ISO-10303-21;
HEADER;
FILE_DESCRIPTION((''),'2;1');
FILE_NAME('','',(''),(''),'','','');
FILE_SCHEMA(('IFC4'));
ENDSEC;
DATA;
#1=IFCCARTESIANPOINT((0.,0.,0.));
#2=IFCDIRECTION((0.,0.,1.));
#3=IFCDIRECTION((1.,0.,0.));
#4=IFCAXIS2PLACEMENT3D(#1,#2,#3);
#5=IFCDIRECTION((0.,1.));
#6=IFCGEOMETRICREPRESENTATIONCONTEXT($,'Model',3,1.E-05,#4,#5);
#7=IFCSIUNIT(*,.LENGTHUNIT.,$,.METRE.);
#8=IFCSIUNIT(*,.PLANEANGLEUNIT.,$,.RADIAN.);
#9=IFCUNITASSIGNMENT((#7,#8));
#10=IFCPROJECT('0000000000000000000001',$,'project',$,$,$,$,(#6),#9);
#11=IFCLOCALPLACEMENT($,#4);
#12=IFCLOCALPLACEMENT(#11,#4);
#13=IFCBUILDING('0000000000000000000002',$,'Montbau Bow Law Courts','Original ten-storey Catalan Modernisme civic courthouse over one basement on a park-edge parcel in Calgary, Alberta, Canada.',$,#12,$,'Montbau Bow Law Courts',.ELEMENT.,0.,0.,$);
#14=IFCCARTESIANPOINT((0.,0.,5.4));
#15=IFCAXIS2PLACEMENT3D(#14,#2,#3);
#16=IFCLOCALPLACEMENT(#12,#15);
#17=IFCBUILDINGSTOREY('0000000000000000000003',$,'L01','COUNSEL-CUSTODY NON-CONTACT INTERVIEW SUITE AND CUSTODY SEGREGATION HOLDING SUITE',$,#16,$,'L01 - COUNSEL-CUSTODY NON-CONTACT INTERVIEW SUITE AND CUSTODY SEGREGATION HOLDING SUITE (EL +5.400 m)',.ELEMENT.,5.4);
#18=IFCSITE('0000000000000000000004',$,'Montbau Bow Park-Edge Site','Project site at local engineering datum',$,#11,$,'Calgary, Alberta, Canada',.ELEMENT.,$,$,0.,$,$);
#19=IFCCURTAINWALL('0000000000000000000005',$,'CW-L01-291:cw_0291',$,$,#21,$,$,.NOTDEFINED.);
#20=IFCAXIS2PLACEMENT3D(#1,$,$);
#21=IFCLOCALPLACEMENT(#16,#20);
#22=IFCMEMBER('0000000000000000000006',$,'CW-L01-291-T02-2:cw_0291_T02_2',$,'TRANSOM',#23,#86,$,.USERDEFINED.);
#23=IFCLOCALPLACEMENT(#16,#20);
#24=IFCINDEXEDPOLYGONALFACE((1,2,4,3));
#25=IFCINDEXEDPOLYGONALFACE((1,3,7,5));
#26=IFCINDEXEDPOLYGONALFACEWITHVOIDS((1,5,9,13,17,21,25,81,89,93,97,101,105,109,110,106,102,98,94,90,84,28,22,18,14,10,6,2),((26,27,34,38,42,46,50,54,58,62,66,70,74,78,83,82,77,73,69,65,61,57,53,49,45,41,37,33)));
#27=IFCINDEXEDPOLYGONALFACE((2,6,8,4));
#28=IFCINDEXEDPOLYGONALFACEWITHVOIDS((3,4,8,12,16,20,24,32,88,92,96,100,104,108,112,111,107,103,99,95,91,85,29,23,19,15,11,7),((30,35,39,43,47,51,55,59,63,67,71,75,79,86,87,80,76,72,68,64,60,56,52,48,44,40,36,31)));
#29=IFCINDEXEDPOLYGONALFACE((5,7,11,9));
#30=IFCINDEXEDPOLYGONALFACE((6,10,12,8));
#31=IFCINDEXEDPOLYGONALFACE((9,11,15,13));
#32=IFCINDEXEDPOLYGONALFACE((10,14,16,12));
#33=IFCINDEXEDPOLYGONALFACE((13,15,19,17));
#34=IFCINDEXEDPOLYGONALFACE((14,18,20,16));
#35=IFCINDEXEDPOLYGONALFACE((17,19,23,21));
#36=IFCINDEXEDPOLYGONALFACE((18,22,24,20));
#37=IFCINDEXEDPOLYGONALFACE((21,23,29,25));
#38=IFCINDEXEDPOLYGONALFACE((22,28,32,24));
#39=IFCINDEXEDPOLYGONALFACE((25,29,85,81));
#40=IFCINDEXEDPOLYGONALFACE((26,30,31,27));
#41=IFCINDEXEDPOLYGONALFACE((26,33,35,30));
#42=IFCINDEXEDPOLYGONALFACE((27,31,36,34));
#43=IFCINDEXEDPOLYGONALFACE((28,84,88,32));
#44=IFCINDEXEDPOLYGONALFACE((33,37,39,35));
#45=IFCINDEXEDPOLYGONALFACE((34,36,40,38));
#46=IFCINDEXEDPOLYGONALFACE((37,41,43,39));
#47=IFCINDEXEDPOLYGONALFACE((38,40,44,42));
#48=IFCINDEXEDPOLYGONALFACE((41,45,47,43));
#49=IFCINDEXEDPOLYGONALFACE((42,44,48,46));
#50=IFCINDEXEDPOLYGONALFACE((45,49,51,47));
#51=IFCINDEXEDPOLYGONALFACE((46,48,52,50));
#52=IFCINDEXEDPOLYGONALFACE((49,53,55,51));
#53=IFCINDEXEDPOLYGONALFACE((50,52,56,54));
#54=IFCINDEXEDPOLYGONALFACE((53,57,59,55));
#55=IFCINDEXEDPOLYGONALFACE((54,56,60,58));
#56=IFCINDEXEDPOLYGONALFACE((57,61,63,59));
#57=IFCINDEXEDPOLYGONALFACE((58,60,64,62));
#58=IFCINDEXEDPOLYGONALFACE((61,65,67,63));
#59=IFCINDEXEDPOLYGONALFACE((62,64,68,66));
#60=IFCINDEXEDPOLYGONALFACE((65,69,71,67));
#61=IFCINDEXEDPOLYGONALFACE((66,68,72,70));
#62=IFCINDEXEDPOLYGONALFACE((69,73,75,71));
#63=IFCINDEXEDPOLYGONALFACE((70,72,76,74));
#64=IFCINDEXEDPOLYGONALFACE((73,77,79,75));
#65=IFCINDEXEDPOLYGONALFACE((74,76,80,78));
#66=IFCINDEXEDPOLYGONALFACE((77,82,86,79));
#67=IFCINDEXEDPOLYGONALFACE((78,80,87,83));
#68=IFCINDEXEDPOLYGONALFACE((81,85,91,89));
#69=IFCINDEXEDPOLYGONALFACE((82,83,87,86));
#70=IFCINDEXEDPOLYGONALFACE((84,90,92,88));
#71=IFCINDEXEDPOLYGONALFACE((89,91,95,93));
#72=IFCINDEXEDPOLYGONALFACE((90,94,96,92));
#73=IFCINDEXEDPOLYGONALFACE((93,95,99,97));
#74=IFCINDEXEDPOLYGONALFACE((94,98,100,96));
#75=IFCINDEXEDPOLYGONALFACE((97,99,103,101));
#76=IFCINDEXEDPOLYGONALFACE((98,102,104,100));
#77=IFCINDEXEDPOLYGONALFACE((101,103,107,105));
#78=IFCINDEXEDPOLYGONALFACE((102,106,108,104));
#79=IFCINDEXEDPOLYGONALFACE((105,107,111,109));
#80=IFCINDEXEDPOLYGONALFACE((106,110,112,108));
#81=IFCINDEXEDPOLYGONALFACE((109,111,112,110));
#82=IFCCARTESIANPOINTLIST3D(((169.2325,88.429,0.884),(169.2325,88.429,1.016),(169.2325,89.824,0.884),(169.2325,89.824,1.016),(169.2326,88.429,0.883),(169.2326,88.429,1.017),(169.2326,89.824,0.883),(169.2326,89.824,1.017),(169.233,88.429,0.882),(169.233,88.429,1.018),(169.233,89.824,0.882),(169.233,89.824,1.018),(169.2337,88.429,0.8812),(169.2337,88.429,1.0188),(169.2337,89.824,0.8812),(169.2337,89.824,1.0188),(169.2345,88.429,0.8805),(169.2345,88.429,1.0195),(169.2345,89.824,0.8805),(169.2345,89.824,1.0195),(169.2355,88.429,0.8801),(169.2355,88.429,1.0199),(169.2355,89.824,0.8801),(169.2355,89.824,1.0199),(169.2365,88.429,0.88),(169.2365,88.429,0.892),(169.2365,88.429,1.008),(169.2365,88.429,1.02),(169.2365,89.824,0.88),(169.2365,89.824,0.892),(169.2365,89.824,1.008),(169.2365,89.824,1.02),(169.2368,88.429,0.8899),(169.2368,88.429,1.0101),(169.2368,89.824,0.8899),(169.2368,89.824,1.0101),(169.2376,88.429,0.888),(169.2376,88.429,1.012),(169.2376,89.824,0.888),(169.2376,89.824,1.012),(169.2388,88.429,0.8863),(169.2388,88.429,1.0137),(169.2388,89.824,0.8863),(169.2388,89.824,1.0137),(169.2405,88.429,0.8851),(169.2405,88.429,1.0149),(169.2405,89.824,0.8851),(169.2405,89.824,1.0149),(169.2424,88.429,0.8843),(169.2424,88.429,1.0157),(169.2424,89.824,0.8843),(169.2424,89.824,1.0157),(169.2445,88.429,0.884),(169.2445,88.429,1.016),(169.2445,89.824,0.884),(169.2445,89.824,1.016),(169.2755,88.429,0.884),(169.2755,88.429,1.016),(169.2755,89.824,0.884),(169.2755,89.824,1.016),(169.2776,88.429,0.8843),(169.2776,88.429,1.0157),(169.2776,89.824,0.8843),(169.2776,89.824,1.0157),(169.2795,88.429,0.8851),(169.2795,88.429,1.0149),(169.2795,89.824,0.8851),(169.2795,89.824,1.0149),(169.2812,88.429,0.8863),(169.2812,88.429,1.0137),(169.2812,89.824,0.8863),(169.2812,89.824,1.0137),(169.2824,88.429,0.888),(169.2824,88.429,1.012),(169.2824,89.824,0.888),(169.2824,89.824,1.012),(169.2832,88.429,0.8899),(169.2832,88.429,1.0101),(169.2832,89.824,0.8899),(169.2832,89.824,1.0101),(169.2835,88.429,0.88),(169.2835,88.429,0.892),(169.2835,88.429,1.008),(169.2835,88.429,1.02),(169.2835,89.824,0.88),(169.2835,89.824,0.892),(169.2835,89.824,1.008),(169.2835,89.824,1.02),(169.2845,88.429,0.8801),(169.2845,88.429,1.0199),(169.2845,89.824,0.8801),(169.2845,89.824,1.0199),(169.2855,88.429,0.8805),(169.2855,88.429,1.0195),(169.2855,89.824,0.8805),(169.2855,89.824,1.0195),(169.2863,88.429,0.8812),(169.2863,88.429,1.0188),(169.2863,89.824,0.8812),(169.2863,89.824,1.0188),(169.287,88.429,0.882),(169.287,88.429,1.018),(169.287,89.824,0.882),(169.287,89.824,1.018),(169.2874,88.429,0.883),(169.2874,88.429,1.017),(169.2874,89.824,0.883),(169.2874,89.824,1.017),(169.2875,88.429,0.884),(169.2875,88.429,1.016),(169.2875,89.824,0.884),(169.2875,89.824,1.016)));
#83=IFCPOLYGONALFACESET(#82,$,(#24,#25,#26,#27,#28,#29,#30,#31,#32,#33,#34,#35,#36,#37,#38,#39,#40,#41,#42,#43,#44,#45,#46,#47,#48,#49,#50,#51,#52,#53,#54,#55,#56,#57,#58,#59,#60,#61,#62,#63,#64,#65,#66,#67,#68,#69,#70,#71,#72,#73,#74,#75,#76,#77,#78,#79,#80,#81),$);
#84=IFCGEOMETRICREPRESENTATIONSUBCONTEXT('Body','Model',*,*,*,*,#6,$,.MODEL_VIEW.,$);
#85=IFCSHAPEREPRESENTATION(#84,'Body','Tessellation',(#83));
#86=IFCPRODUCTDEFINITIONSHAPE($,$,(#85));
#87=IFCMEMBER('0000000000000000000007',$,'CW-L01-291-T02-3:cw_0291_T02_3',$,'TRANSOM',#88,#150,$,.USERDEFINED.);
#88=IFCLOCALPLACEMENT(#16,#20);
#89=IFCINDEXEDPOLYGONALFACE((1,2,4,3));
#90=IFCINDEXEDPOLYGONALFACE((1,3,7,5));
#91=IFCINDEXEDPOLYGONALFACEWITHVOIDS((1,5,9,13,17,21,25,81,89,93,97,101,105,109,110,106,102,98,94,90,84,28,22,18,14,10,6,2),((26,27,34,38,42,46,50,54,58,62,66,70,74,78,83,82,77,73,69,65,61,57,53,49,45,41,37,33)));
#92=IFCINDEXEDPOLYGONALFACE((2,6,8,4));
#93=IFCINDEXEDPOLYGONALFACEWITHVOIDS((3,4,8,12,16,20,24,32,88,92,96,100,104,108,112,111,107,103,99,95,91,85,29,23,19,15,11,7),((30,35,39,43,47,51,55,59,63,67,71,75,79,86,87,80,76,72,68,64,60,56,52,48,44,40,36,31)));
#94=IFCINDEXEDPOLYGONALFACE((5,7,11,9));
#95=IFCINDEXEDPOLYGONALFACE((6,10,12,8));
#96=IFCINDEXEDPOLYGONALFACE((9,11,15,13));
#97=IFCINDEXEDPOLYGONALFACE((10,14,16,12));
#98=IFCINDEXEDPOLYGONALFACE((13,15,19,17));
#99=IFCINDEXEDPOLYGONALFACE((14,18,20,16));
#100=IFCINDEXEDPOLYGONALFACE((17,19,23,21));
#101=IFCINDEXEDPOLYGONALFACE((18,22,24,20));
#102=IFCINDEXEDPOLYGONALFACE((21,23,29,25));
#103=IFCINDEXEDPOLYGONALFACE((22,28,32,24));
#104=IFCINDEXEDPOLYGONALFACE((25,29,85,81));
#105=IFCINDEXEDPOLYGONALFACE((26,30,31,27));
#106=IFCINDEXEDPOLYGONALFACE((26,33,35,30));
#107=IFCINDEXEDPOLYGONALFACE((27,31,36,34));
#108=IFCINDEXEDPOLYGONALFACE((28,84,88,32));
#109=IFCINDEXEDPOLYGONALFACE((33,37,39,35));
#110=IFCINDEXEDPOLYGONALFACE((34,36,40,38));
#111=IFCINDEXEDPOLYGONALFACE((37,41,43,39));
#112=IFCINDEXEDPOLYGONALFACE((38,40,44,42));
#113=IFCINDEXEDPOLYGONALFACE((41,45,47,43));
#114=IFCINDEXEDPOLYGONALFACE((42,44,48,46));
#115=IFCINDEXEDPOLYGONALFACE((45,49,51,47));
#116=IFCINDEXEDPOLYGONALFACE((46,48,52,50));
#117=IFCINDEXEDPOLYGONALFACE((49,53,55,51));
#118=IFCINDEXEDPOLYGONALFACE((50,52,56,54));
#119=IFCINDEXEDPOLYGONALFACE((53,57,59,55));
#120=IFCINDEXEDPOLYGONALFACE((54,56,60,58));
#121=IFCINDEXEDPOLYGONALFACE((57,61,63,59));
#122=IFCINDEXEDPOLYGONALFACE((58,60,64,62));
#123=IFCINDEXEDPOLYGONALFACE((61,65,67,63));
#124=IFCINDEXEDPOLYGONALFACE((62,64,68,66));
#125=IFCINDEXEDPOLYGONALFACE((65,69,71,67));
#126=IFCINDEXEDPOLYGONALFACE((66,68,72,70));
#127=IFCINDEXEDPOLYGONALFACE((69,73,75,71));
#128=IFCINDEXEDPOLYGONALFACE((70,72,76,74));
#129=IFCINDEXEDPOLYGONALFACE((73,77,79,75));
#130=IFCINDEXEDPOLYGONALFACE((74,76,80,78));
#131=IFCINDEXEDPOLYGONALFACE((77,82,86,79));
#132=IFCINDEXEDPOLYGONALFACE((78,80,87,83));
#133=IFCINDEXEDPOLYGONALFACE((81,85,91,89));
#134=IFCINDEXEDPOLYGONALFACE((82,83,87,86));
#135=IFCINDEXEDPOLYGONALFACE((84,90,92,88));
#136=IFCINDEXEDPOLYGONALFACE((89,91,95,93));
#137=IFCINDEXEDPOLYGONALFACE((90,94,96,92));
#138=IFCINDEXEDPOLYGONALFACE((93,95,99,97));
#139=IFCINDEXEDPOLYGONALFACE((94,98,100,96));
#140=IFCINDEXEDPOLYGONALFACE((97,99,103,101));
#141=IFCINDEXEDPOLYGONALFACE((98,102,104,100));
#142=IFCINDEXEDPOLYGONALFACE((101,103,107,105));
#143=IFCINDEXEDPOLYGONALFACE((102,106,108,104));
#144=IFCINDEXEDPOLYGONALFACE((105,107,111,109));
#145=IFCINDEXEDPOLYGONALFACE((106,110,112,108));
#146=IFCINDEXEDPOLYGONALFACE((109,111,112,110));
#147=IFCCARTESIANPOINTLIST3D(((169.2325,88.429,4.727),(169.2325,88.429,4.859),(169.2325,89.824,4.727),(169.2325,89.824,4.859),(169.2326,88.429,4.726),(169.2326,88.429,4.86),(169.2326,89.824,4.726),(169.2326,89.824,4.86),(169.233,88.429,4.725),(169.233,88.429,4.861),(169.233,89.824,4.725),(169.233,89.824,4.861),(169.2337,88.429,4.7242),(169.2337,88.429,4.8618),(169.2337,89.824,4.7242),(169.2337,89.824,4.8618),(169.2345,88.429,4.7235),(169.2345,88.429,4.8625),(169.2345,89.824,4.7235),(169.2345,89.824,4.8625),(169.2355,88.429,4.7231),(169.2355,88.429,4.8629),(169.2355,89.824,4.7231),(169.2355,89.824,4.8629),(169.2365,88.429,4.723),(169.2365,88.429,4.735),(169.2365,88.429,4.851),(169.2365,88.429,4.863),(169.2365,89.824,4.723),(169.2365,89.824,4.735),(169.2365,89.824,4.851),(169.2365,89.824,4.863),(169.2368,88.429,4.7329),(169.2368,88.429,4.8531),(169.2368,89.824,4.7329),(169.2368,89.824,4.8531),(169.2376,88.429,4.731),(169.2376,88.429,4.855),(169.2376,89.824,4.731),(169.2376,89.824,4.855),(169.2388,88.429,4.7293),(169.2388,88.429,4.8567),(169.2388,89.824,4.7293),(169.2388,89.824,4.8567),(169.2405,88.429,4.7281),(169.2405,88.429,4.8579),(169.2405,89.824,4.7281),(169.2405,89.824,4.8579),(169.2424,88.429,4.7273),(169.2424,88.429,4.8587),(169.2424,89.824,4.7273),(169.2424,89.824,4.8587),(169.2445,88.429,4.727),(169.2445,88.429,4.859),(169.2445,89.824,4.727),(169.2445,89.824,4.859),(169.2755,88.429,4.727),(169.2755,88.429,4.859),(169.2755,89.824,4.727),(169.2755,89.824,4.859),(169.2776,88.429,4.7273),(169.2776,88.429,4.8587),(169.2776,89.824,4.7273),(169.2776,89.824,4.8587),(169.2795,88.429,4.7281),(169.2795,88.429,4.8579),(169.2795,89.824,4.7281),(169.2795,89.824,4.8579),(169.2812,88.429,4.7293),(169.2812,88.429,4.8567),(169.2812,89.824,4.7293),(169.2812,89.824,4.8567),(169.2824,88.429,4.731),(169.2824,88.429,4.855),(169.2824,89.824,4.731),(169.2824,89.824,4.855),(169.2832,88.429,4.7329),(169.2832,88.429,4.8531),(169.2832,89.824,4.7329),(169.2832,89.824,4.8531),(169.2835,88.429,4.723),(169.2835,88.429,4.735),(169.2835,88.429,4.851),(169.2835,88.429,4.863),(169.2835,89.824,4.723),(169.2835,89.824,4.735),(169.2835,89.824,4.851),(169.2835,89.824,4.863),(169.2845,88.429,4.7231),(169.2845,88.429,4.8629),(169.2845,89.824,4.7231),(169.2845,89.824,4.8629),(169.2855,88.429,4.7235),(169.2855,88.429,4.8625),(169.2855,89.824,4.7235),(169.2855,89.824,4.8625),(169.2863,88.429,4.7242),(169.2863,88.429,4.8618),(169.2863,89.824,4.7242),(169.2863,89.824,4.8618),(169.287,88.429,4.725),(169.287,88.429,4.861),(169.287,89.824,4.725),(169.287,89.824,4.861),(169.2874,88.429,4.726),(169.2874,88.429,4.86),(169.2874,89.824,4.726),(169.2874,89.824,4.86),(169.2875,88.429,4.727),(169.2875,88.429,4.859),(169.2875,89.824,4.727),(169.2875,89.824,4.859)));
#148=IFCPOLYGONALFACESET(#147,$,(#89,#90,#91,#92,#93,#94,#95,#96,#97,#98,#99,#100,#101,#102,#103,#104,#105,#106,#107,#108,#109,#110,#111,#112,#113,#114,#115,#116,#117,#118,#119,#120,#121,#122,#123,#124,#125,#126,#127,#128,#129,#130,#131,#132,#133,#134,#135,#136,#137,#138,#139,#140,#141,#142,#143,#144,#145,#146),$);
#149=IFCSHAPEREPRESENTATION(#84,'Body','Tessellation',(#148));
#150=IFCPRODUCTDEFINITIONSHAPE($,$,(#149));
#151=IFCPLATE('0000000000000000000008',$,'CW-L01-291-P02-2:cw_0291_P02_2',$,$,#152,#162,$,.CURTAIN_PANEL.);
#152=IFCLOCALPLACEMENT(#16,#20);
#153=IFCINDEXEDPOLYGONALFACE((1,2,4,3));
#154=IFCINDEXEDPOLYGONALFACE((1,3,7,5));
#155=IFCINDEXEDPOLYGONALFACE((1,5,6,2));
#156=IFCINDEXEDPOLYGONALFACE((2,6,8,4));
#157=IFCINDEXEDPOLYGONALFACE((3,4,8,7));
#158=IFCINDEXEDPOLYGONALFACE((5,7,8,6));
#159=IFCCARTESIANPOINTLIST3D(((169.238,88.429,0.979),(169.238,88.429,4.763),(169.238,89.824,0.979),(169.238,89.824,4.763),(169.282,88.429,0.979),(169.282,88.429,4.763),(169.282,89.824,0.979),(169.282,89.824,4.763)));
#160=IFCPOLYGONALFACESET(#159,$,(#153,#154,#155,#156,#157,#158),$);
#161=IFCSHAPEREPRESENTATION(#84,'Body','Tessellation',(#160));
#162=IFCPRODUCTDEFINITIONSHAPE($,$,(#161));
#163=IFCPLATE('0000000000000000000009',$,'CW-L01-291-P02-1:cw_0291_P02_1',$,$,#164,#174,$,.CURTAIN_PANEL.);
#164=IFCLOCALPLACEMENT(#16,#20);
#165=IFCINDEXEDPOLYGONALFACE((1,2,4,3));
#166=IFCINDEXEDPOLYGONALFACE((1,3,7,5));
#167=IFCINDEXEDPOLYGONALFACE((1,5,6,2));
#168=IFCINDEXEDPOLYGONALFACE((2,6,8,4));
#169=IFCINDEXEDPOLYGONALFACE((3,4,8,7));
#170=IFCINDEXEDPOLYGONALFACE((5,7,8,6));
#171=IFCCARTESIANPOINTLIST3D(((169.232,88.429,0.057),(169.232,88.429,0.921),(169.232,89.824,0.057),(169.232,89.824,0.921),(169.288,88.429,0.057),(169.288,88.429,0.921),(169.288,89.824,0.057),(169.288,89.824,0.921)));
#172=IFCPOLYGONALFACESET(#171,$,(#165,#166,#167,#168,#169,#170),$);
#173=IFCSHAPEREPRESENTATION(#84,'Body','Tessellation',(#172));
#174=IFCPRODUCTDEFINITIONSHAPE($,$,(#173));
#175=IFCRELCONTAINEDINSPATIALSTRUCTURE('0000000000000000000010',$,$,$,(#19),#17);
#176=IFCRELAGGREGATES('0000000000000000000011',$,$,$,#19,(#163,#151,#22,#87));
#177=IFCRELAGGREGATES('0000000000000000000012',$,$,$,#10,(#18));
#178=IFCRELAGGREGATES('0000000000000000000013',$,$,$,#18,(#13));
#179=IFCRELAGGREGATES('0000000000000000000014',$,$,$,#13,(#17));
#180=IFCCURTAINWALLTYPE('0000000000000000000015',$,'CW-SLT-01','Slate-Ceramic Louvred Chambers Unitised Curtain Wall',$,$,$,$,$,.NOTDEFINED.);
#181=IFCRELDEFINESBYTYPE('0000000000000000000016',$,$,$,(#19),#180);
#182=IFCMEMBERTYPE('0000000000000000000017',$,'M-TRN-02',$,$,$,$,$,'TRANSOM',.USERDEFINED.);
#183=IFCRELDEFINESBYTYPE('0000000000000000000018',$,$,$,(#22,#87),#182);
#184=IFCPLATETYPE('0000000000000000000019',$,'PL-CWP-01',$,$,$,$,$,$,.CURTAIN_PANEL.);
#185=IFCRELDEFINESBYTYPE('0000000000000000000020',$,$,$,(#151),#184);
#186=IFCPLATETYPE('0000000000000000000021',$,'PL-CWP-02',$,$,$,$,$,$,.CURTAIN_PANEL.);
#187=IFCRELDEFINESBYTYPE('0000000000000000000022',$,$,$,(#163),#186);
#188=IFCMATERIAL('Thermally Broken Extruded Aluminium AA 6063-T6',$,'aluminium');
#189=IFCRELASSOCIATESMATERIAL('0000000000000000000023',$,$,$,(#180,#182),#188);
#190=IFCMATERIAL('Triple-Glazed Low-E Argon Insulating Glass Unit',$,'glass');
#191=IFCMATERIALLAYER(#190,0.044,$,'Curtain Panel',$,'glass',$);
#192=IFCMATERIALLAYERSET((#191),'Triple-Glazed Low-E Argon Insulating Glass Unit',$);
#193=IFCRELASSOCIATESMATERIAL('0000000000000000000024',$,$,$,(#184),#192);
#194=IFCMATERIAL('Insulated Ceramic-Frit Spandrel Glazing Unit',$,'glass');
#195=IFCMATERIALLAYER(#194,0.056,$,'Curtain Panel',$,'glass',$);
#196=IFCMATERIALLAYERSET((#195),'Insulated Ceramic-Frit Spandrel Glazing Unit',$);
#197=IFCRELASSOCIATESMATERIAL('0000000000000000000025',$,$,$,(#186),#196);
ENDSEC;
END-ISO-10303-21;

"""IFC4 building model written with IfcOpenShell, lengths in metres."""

from ifc_helpers import new_model, si_unit, direction, frame, frame_2d, origin_with_axes, origin_2d_with_axis, place, context, subcontext, project, spatial, rectangle, hollow_rectangle, extrude, material, layer, layer_set, material_profile, profile_set, type_object, element, aggregate, save


model = new_model("IFC4")

# Units and contexts
model_context = context("Model", 3, precision=1e-05, world=origin_with_axes(), true_north=direction((0.0, 1.0)))
body_context = subcontext(model_context, "Body", "Model", "MODEL_VIEW")
ifc_project = project(units=[si_unit("LENGTHUNIT", "METRE"), si_unit("PLANEANGLEUNIT", "RADIAN")], contexts=[model_context])

# Site, building, storey
site_placement = place(None, origin_with_axes())
site = spatial("IfcSite", under=ifc_project, at=site_placement, Name="Montbau Bow Park-Edge Site", Description="Project site at local engineering datum", LongName="Calgary, Alberta, Canada", CompositionType="ELEMENT", RefElevation=0.0)
building_placement = place(site_placement, origin_with_axes())
building = spatial("IfcBuilding", under=site, at=building_placement, Name="Montbau Bow Law Courts", Description="Original ten-storey Catalan Modernisme civic courthouse over one basement on a park-edge parcel in Calgary, Alberta, Canada.", LongName="Montbau Bow Law Courts", CompositionType="ELEMENT", ElevationOfRefHeight=0.0, ElevationOfTerrain=0.0)
storey_placement = place(building_placement, frame((0.0, 0.0, 5.4), z_axis=(0.0, 0.0, 1.0), x_axis=(1.0, 0.0, 0.0)))
storey = spatial("IfcBuildingStorey", under=building, at=storey_placement, Name="L01", Description="COUNSEL-CUSTODY NON-CONTACT INTERVIEW SUITE AND CUSTODY SEGREGATION HOLDING SUITE", LongName="L01 - COUNSEL-CUSTODY NON-CONTACT INTERVIEW SUITE AND CUSTODY SEGREGATION HOLDING SUITE (EL +5.400 m)", CompositionType="ELEMENT", Elevation=5.4)

# Curtain wall, members, plates
ifc_material_1 = material(Name="Thermally Broken Extruded Aluminium AA 6063-T6", Category="aluminium")
curtain_wall_type = type_object("IfcCurtainWallType", Name="CW-SLT-01", Description="Slate-Ceramic Louvred Chambers Unitised Curtain Wall", PredefinedType="NOTDEFINED", material=ifc_material_1)
curtain_wall_placement = place(None, frame((169.26, 86.915, 5.4), z_axis=(0.0, 0.0, 1.0), x_axis=(1.0, 0.0, 0.0)))
curtain_wall = element("IfcCurtainWall", 1, at=curtain_wall_placement, inside=storey, type_object=curtain_wall_type, Name="CW-L01-291:cw_0291", PredefinedType="NOTDEFINED")
ifc_material_profile_1 = material_profile(ifc_material_1, hollow_rectangle(XDim=0.055, YDim=0.14, WallThickness=0.004, InnerFilletRadius=0.008, OuterFilletRadius=0.004, at=origin_2d_with_axis()), Name="CWT-140X55", Category="Main", Priority=0)
ifc_profile_set_1 = profile_set([ifc_material_profile_1], Name="Thermally Broken Extruded Aluminium AA 6063-T6")
member_type_1 = type_object("IfcMemberType", Name="M-TRN-02", ElementType="TRANSOM", PredefinedType="USERDEFINED", material=ifc_profile_set_1)
member_1_placement = place(None, frame((169.26, 88.429, 6.35), z_axis=(0.0, 1.0, 0.0), x_axis=(-1.0, 0.0, 0.0)))
member_1 = element("IfcMember", 2, at=member_1_placement, type_object=member_type_1, Name="CW-L01-291-T02-2:cw_0291_T02_2", ObjectType="TRANSOM", PredefinedType="USERDEFINED", context=body_context, shape_type="SweptSolid", body=[
    extrude(hollow_rectangle(XDim=0.055, YDim=0.14, WallThickness=0.004, InnerFilletRadius=0.008, OuterFilletRadius=0.004, at=origin_2d_with_axis()), origin_with_axes(), (0.0, 0.0, 1.0), 1.395),
])
member_2_placement = place(None, frame((169.26, 88.429, 10.193), z_axis=(0.0, 1.0, 0.0), x_axis=(-1.0, 0.0, 0.0)))
member_2 = element("IfcMember", 3, at=member_2_placement, type_object=member_type_1, Name="CW-L01-291-T02-3:cw_0291_T02_3", ObjectType="TRANSOM", PredefinedType="USERDEFINED", context=body_context, shape_type="SweptSolid", body=[
    extrude(hollow_rectangle(XDim=0.055, YDim=0.14, WallThickness=0.004, InnerFilletRadius=0.008, OuterFilletRadius=0.004, at=origin_2d_with_axis()), origin_with_axes(), (0.0, 0.0, 1.0), 1.395),
])
ifc_material_2 = material(Name="Triple-Glazed Low-E Argon Insulating Glass Unit", Category="glass")
ifc_layer_1 = layer(ifc_material_2, 0.044, Name="Curtain Panel", Category="glass")
ifc_layer_set_1 = layer_set([ifc_layer_1], Name="Triple-Glazed Low-E Argon Insulating Glass Unit")
plate_type_1 = type_object("IfcPlateType", Name="PL-CWP-01", PredefinedType="CURTAIN_PANEL", material=ifc_layer_set_1)
plate_1_placement = place(None, frame((169.26, 88.429, 6.379), z_axis=(1.0, 0.0, 0.0), x_axis=(0.0, 1.0, 0.0)))
plate_1 = element("IfcPlate", 4, at=plate_1_placement, type_object=plate_type_1, Name="CW-L01-291-P02-2:cw_0291_P02_2", PredefinedType="CURTAIN_PANEL", context=body_context, shape_type="SweptSolid", body=[
    extrude(rectangle(XDim=1.395, YDim=3.784, at=frame_2d((0.6975, 1.892), x_axis=(1.0, 0.0))), frame((0.0, 0.0, -0.022), z_axis=(0.0, 0.0, 1.0), x_axis=(1.0, 0.0, 0.0)), (0.0, 0.0, 1.0), 0.044),
])
ifc_material_3 = material(Name="Insulated Ceramic-Frit Spandrel Glazing Unit", Category="glass")
ifc_layer_2 = layer(ifc_material_3, 0.056, Name="Curtain Panel", Category="glass")
ifc_layer_set_2 = layer_set([ifc_layer_2], Name="Insulated Ceramic-Frit Spandrel Glazing Unit")
plate_type_2 = type_object("IfcPlateType", Name="PL-CWP-02", PredefinedType="CURTAIN_PANEL", material=ifc_layer_set_2)
plate_2_placement = place(None, frame((169.26, 88.429, 5.457), z_axis=(1.0, 0.0, 0.0), x_axis=(0.0, 1.0, 0.0)))
plate_2 = element("IfcPlate", 5, at=plate_2_placement, type_object=plate_type_2, Name="CW-L01-291-P02-1:cw_0291_P02_1", PredefinedType="CURTAIN_PANEL", context=body_context, shape_type="SweptSolid", body=[
    extrude(rectangle(XDim=1.395, YDim=0.864, at=frame_2d((0.6975, 0.432), x_axis=(1.0, 0.0))), frame((0.0, 0.0, -0.028), z_axis=(0.0, 0.0, 1.0), x_axis=(1.0, 0.0, 0.0)), (0.0, 0.0, 1.0), 0.056),
])
aggregate(curtain_wall, [plate_2, plate_1, member_1, member_2])

save(model, "model.ifc")
